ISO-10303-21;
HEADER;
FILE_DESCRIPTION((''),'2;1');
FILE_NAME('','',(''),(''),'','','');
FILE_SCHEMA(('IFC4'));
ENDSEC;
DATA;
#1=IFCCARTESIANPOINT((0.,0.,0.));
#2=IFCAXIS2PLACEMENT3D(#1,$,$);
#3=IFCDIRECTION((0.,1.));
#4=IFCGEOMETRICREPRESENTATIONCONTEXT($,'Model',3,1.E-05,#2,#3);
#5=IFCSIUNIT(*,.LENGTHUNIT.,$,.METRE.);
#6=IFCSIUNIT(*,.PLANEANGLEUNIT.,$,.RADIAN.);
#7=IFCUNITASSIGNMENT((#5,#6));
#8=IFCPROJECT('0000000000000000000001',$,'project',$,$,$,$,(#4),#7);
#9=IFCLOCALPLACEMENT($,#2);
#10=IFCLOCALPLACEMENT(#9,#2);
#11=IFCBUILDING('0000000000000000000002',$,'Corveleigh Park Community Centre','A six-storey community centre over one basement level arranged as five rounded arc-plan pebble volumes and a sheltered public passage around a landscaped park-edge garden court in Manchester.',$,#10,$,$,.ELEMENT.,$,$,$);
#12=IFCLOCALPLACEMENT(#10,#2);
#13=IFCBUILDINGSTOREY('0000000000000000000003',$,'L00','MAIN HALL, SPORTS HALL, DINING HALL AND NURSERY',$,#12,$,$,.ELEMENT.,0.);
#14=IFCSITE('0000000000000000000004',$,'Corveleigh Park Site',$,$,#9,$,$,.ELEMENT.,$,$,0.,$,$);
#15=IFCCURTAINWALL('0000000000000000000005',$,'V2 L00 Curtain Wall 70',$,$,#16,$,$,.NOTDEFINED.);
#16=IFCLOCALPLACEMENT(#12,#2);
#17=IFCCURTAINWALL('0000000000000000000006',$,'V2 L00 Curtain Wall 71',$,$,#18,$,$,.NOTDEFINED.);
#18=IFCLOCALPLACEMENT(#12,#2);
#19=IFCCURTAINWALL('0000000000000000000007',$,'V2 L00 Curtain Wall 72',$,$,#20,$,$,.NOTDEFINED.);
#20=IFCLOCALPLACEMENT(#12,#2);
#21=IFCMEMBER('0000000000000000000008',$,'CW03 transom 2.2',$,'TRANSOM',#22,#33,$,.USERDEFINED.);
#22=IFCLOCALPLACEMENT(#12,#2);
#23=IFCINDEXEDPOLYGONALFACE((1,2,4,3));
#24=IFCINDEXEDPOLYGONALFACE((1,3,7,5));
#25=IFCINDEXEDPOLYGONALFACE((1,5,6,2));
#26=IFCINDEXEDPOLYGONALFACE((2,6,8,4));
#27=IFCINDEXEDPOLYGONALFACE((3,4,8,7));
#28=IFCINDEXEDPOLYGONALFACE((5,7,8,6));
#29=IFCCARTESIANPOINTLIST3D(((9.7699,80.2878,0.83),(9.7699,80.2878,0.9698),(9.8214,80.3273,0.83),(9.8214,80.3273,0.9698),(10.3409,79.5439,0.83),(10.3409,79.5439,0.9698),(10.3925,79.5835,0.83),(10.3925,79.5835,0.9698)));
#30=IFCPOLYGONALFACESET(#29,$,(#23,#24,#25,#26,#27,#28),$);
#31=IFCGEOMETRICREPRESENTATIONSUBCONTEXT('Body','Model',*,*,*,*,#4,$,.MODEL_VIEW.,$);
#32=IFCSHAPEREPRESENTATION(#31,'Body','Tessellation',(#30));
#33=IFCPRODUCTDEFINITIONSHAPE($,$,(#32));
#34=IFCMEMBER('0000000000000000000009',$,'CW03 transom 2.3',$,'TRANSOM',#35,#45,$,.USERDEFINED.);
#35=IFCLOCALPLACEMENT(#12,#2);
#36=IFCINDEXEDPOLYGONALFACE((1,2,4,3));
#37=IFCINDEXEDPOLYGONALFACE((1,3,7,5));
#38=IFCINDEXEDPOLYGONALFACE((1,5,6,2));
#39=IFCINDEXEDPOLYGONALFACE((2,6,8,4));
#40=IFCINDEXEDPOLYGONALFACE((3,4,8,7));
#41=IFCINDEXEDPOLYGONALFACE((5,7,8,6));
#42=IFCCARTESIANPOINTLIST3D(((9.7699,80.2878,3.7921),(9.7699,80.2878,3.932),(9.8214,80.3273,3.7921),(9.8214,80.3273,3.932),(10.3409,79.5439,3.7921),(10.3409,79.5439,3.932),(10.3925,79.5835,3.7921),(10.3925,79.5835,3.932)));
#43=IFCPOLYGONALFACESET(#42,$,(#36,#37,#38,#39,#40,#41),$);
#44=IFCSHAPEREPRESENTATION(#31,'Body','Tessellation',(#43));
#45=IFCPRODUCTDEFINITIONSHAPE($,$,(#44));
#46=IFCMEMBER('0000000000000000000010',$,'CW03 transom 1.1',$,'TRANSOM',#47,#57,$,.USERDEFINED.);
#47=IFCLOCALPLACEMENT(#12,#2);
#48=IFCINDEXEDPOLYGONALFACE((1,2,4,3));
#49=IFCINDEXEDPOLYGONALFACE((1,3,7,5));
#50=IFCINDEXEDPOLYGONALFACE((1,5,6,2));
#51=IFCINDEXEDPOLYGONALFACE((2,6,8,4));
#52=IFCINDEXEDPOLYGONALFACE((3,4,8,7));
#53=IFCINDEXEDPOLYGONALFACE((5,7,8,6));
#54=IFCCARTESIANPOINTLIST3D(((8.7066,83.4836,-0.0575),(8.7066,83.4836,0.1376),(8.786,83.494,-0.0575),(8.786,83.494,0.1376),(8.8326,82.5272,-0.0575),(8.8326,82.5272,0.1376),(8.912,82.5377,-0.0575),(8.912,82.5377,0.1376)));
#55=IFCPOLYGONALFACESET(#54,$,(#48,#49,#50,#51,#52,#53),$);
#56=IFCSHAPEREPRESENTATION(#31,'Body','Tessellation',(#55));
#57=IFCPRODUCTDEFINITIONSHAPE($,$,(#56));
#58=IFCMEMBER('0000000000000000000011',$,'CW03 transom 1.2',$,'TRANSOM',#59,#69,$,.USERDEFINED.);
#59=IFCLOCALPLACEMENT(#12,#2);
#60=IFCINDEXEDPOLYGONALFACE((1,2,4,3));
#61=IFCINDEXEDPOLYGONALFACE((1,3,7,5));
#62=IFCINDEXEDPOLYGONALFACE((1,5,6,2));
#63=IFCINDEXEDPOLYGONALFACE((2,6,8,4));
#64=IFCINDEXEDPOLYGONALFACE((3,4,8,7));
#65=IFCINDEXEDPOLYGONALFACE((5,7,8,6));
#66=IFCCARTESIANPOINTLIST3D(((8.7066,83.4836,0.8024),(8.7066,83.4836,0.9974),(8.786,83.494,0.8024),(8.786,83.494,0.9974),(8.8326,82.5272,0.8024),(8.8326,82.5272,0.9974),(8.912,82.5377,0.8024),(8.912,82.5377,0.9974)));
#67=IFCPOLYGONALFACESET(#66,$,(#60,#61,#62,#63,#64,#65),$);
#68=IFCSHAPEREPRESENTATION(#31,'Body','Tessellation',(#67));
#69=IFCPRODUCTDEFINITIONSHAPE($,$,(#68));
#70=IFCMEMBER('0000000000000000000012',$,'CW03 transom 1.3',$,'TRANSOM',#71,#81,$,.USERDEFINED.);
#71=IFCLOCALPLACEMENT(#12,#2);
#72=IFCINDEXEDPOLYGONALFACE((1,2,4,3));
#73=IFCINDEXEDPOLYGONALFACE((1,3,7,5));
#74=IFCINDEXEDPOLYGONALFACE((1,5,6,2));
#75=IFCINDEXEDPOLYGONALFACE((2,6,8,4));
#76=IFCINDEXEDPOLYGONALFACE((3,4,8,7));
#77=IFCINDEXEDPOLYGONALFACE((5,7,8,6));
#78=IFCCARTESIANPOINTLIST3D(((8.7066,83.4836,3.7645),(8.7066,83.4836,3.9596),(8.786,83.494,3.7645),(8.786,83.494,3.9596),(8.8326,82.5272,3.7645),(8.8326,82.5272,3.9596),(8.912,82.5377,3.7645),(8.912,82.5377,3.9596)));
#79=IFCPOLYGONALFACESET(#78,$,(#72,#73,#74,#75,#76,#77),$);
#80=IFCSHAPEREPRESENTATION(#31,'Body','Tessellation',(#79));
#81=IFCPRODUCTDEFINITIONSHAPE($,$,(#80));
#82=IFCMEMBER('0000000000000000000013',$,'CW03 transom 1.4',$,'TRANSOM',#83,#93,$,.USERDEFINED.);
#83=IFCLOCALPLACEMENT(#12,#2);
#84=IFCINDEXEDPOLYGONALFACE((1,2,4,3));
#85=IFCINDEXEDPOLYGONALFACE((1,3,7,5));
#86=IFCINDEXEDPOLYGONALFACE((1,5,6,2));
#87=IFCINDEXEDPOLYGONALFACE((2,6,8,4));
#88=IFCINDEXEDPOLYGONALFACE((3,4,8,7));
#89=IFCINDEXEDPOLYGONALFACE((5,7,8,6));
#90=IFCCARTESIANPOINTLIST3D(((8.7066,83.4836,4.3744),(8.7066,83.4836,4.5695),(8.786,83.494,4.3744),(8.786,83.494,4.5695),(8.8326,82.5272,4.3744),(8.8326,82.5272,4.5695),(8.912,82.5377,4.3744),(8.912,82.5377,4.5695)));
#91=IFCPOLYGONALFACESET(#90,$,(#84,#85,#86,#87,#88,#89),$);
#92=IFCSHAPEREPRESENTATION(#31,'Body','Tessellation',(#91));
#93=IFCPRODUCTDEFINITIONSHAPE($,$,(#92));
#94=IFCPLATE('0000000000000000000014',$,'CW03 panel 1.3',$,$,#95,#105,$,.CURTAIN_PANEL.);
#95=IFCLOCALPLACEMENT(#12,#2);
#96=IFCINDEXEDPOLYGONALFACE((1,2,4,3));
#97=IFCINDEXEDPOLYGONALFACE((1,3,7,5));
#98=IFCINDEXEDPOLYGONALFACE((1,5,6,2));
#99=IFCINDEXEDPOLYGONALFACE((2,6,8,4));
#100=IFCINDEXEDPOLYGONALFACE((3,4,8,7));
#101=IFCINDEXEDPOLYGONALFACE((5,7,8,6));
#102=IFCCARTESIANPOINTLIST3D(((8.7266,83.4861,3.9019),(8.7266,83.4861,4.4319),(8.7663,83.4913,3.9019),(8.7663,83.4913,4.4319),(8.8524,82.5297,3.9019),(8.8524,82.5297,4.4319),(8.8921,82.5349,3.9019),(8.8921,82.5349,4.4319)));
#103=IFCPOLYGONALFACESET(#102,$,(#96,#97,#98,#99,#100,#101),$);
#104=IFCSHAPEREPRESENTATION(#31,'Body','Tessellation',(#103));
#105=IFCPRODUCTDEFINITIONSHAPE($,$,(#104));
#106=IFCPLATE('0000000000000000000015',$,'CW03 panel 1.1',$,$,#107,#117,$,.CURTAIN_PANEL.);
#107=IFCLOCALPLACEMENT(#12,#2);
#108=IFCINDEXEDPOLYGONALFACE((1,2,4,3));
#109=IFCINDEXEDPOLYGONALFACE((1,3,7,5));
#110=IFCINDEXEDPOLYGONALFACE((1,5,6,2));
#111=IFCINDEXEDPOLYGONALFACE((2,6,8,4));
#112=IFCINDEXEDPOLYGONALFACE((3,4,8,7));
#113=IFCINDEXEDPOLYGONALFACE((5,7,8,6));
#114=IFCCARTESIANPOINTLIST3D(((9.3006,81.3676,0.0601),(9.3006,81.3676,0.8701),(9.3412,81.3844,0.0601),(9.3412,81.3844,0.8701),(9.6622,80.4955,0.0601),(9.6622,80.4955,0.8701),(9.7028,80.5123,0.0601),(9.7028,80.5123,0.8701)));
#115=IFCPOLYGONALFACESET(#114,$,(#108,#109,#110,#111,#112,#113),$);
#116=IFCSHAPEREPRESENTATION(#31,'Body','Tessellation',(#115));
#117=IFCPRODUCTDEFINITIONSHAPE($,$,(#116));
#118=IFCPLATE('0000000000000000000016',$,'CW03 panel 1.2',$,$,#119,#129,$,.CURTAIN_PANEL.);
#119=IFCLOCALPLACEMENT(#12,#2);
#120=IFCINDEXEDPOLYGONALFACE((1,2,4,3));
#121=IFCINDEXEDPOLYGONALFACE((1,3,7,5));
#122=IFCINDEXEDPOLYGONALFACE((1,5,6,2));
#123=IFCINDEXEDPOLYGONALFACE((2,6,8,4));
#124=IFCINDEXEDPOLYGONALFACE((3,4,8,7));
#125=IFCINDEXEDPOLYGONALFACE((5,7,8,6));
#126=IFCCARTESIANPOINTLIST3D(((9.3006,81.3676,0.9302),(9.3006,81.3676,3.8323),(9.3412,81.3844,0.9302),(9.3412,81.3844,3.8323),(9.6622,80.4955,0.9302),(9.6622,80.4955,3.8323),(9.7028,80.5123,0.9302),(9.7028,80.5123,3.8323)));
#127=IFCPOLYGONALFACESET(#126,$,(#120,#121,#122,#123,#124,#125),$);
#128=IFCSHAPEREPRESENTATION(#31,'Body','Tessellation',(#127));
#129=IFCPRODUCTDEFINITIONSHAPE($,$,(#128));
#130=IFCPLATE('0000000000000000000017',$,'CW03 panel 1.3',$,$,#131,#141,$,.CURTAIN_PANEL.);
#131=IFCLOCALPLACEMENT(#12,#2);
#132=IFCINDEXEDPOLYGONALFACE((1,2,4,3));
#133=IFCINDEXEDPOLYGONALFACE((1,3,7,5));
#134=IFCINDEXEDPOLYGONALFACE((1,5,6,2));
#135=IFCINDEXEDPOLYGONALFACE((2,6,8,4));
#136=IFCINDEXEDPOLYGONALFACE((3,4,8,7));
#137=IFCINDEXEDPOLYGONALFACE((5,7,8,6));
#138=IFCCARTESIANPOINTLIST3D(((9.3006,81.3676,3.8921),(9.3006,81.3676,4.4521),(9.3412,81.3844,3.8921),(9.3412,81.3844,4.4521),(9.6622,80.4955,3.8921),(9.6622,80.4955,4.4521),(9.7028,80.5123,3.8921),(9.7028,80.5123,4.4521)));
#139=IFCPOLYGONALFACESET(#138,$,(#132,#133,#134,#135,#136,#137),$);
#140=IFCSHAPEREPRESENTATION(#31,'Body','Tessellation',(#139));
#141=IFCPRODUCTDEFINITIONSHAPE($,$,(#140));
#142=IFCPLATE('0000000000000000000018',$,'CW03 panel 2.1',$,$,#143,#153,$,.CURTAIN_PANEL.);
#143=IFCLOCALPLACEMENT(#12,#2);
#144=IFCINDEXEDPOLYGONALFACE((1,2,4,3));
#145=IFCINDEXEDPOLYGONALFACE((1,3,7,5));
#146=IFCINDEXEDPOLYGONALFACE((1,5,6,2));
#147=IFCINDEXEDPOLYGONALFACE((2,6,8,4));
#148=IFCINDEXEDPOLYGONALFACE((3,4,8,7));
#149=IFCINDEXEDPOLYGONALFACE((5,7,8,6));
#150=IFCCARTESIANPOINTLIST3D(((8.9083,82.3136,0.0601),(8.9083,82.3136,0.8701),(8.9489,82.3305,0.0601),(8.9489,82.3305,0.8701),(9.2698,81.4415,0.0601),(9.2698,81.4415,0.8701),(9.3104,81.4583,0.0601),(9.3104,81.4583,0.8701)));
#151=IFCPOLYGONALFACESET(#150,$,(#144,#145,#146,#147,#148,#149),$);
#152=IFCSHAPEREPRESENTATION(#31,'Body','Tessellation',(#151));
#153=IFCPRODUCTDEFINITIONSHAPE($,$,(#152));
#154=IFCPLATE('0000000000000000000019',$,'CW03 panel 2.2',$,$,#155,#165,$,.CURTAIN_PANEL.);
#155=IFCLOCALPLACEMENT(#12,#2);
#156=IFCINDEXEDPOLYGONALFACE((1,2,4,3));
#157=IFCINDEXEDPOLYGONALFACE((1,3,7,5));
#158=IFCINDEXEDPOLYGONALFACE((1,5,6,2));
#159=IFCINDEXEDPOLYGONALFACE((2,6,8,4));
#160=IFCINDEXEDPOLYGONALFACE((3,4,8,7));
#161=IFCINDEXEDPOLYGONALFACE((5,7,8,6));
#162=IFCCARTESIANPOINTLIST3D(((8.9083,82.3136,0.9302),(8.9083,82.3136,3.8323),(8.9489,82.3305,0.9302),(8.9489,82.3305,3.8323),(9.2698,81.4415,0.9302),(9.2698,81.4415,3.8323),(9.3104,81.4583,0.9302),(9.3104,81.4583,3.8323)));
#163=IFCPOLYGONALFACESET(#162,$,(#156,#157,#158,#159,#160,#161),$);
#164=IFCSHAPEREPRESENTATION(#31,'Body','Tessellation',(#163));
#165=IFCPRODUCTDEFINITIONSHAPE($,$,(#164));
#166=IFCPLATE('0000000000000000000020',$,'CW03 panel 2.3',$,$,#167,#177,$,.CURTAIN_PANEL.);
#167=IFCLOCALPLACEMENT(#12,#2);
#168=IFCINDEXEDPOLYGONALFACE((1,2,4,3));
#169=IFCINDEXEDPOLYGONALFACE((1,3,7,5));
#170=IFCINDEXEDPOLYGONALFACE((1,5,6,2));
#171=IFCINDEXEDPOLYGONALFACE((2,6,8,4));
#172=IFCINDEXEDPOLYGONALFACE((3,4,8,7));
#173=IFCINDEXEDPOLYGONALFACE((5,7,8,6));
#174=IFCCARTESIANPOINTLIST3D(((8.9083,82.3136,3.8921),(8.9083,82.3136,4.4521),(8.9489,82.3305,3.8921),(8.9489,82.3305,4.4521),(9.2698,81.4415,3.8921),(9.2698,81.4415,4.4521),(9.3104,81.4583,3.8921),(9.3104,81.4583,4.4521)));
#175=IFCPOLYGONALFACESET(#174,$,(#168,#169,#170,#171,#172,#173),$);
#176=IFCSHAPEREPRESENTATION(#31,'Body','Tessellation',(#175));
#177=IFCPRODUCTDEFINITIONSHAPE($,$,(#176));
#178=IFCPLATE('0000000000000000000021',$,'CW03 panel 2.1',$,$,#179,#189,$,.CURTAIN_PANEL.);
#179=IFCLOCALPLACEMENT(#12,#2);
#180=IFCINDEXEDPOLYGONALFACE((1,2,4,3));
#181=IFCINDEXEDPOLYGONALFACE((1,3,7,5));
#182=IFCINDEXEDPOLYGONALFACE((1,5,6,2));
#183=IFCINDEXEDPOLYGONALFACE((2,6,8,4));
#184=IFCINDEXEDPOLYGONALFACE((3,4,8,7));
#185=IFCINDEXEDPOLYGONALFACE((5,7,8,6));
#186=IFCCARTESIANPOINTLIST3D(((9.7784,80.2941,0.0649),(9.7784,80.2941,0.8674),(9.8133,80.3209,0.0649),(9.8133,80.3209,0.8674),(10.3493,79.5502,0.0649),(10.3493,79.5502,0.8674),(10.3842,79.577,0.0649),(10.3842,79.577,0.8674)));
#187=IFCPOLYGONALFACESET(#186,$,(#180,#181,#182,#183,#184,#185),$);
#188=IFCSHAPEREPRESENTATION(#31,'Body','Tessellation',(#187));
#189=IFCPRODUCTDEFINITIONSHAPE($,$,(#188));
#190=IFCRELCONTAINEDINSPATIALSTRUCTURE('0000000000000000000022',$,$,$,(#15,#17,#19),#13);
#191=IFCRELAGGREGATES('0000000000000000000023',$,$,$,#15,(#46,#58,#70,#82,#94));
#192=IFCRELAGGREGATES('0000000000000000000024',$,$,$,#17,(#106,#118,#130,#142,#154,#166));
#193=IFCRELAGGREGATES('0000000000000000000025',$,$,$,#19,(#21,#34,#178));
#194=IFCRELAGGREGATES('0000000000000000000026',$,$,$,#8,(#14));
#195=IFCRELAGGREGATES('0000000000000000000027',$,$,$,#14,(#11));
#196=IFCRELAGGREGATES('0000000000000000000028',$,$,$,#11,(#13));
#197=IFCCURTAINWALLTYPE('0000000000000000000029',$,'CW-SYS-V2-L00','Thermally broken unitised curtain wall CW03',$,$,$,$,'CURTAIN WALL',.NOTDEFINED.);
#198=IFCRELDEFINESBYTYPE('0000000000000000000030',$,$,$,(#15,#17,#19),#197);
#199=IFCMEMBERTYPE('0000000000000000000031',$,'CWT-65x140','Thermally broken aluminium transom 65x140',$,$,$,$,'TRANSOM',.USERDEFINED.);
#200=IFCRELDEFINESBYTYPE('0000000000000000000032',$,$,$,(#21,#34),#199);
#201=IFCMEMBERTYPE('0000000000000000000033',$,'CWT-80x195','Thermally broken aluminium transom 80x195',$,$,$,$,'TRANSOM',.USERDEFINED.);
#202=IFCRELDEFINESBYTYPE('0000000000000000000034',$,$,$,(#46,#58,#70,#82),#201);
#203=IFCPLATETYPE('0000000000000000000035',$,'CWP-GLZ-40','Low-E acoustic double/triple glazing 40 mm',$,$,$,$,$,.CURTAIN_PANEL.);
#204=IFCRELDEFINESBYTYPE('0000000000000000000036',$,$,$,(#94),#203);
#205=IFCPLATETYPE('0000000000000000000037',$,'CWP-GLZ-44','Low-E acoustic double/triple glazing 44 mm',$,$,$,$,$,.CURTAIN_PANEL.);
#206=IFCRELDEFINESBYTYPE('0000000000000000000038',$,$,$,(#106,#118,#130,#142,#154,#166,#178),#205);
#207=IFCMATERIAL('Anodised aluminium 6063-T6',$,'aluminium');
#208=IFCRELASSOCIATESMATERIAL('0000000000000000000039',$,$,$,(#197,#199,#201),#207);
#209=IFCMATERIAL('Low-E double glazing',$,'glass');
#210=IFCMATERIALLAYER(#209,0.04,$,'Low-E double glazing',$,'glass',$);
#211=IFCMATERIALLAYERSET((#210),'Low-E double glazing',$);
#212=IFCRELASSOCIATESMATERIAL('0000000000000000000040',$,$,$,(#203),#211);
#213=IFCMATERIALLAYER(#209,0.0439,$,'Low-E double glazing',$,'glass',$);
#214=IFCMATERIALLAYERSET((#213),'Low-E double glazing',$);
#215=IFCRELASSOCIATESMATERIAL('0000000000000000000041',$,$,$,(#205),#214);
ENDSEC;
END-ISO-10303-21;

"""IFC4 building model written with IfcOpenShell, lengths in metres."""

from ifc_helpers import new_model, si_unit, direction, frame, origin, origin_2d, place, context, subcontext, project, spatial, rectangle, extrude, material, layer, layer_set, material_profile, profile_set, type_object, element, aggregate, save


model = new_model("IFC4")

# Units and contexts
model_context = context("Model", 3, precision=1e-05, world=origin(), true_north=direction((0.0, 1.0)))
body_context = subcontext(model_context, "Body", "Model", "MODEL_VIEW")
ifc_project = project(units=[si_unit("LENGTHUNIT", "METRE"), si_unit("PLANEANGLEUNIT", "RADIAN")], contexts=[model_context])

# Site, building, storey
site_placement = place(None, origin())
site = spatial("IfcSite", under=ifc_project, at=site_placement, Name="Corveleigh Park Site", CompositionType="ELEMENT", RefElevation=0.0)
building_placement = place(site_placement, origin())
building = spatial("IfcBuilding", under=site, at=building_placement, Name="Corveleigh Park Community Centre", Description="A six-storey community centre over one basement level arranged as five rounded arc-plan pebble volumes and a sheltered public passage around a landscaped park-edge garden court in Manchester.", CompositionType="ELEMENT")
storey_placement = place(building_placement, origin())
storey = spatial("IfcBuildingStorey", under=building, at=storey_placement, Name="L00", Description="MAIN HALL, SPORTS HALL, DINING HALL AND NURSERY", CompositionType="ELEMENT", Elevation=0.0)

# Curtain wall
ifc_material_1 = material(Name="Anodised aluminium 6063-T6", Category="aluminium")
curtain_wall_type = type_object("IfcCurtainWallType", Name="CW-SYS-V2-L00", Description="Thermally broken unitised curtain wall CW03", ElementType="CURTAIN WALL", PredefinedType="NOTDEFINED", material=ifc_material_1)
curtain_wall_1_placement = place(storey_placement, origin())
curtain_wall_1 = element("IfcCurtainWall", 1, at=curtain_wall_1_placement, inside=storey, type_object=curtain_wall_type, Name="V2 L00 Curtain Wall 70", PredefinedType="NOTDEFINED")

# Curtain wall
curtain_wall_2_placement = place(storey_placement, origin())
curtain_wall_2 = element("IfcCurtainWall", 2, at=curtain_wall_2_placement, inside=storey, type_object=curtain_wall_type, Name="V2 L00 Curtain Wall 71", PredefinedType="NOTDEFINED")

# Curtain wall
curtain_wall_3_placement = place(storey_placement, origin())
curtain_wall_3 = element("IfcCurtainWall", 3, at=curtain_wall_3_placement, inside=storey, type_object=curtain_wall_type, Name="V2 L00 Curtain Wall 72", PredefinedType="NOTDEFINED")

# Members
ifc_material_profile_1 = material_profile(ifc_material_1, rectangle(XDim=0.0649, YDim=0.1399, at=origin_2d()), Name="ALU-T65x140", Category="aluminium")
ifc_profile_set_1 = profile_set([ifc_material_profile_1], Name="Anodised aluminium 6063-T6")
member_type_1 = type_object("IfcMemberType", Name="CWT-65x140", Description="Thermally broken aluminium transom 65x140", ElementType="TRANSOM", PredefinedType="USERDEFINED", material=ifc_profile_set_1)
member_1_placement = place(storey_placement, frame((10.3667, 79.5637, 0.8999), z_axis=(-0.608918, 0.793233, 0.0), x_axis=(-0.793233, -0.608918, 0.0)))
member_1 = element("IfcMember", 4, at=member_1_placement, type_object=member_type_1, Name="CW03 transom 2.2", ObjectType="TRANSOM", PredefinedType="USERDEFINED", context=body_context, shape_type="SweptSolid", body=[
    extrude(rectangle(XDim=0.0649, YDim=0.1399, at=origin_2d()), origin(), (0.0, 0.0, 1.0), 0.9377),
])
member_2_placement = place(storey_placement, frame((10.3667, 79.5637, 3.8621), z_axis=(-0.608918, 0.793233, 0.0), x_axis=(-0.793233, -0.608918, 0.0)))
member_2 = element("IfcMember", 5, at=member_2_placement, type_object=member_type_1, Name="CW03 transom 2.3", ObjectType="TRANSOM", PredefinedType="USERDEFINED", context=body_context, shape_type="SweptSolid", body=[
    extrude(rectangle(XDim=0.0649, YDim=0.1399, at=origin_2d()), origin(), (0.0, 0.0, 1.0), 0.9377),
])
ifc_material_profile_2 = material_profile(ifc_material_1, rectangle(XDim=0.0801, YDim=0.1951, at=origin_2d()), Name="ALU-T80x195", Category="aluminium")
ifc_profile_set_2 = profile_set([ifc_material_profile_2], Name="Anodised aluminium 6063-T6")
member_type_2 = type_object("IfcMemberType", Name="CWT-80x195", Description="Thermally broken aluminium transom 80x195", ElementType="TRANSOM", PredefinedType="USERDEFINED", material=ifc_profile_set_2)
member_3_placement = place(storey_placement, frame((8.8723, 82.5325, 0.04), z_axis=(-0.130605, 0.991434, 0.0), x_axis=(-0.991434, -0.130605, 0.0)))
member_3 = element("IfcMember", 6, at=member_3_placement, type_object=member_type_2, Name="CW03 transom 1.1", ObjectType="TRANSOM", PredefinedType="USERDEFINED", context=body_context, shape_type="SweptSolid", body=[
    extrude(rectangle(XDim=0.0801, YDim=0.1951, at=origin_2d()), origin(), (0.0, 0.0, 1.0), 0.9646),
])
member_4_placement = place(storey_placement, frame((8.8723, 82.5325, 0.8999), z_axis=(-0.130605, 0.991434, 0.0), x_axis=(-0.991434, -0.130605, 0.0)))
member_4 = element("IfcMember", 7, at=member_4_placement, type_object=member_type_2, Name="CW03 transom 1.2", ObjectType="TRANSOM", PredefinedType="USERDEFINED", context=body_context, shape_type="SweptSolid", body=[
    extrude(rectangle(XDim=0.0801, YDim=0.1951, at=origin_2d()), origin(), (0.0, 0.0, 1.0), 0.9646),
])
member_5_placement = place(storey_placement, frame((8.8723, 82.5325, 3.8621), z_axis=(-0.130605, 0.991434, 0.0), x_axis=(-0.991434, -0.130605, 0.0)))
member_5 = element("IfcMember", 8, at=member_5_placement, type_object=member_type_2, Name="CW03 transom 1.3", ObjectType="TRANSOM", PredefinedType="USERDEFINED", context=body_context, shape_type="SweptSolid", body=[
    extrude(rectangle(XDim=0.0801, YDim=0.1951, at=origin_2d()), origin(), (0.0, 0.0, 1.0), 0.9646),
])
member_6_placement = place(storey_placement, frame((8.8723, 82.5325, 4.4719), z_axis=(-0.130605, 0.991434, 0.0), x_axis=(-0.991434, -0.130605, 0.0)))
member_6 = element("IfcMember", 9, at=member_6_placement, type_object=member_type_2, Name="CW03 transom 1.4", ObjectType="TRANSOM", PredefinedType="USERDEFINED", context=body_context, shape_type="SweptSolid", body=[
    extrude(rectangle(XDim=0.0801, YDim=0.1951, at=origin_2d()), origin(), (0.0, 0.0, 1.0), 0.9646),
])

# Plates
ifc_material_2 = material(Name="Low-E double glazing", Category="glass")
ifc_layer_1 = layer(ifc_material_2, 0.04, Name="Low-E double glazing", Category="glass")
ifc_layer_set_1 = layer_set([ifc_layer_1], Name="Low-E double glazing")
plate_type_1 = type_object("IfcPlateType", Name="CWP-GLZ-40", Description="Low-E acoustic double/triple glazing 40 mm", PredefinedType="CURTAIN_PANEL", material=ifc_layer_set_1)
plate_1_placement = place(storey_placement, frame((8.8093, 83.0105, 3.9019), z_axis=(0.0, 0.0, 1.0), x_axis=(-0.13043, 0.991457, 0.0)))
plate_1 = element("IfcPlate", 10, at=plate_1_placement, type_object=plate_type_1, Name="CW03 panel 1.3", PredefinedType="CURTAIN_PANEL", context=body_context, shape_type="SweptSolid", body=[
    extrude(rectangle(XDim=0.9646, YDim=0.04, at=origin_2d()), origin(), (0.0, 0.0, 1.0), 0.53),
])
aggregate(curtain_wall_1, [member_3, member_4, member_5, member_6, plate_1])
ifc_layer_2 = layer(ifc_material_2, 0.0439, Name="Low-E double glazing", Category="glass")
ifc_layer_set_2 = layer_set([ifc_layer_2], Name="Low-E double glazing")
plate_type_2 = type_object("IfcPlateType", Name="CWP-GLZ-44", Description="Low-E acoustic double/triple glazing 44 mm", PredefinedType="CURTAIN_PANEL", material=ifc_layer_set_2)
plate_2_placement = place(storey_placement, frame((9.5017, 80.9399, 0.0601), z_axis=(0.0, 0.0, 1.0), x_axis=(-0.382947, 0.92377, 0.0)))
plate_2 = element("IfcPlate", 11, at=plate_2_placement, type_object=plate_type_2, Name="CW03 panel 1.1", PredefinedType="CURTAIN_PANEL", context=body_context, shape_type="SweptSolid", body=[
    extrude(rectangle(XDim=0.9441, YDim=0.0439, at=origin_2d()), origin(), (0.0, 0.0, 1.0), 0.8101),
])
plate_3_placement = place(storey_placement, frame((9.5017, 80.9399, 0.9302), z_axis=(0.0, 0.0, 1.0), x_axis=(-0.382947, 0.92377, 0.0)))
plate_3 = element("IfcPlate", 12, at=plate_3_placement, type_object=plate_type_2, Name="CW03 panel 1.2", PredefinedType="CURTAIN_PANEL", context=body_context, shape_type="SweptSolid", body=[
    extrude(rectangle(XDim=0.9441, YDim=0.0439, at=origin_2d()), origin(), (0.0, 0.0, 1.0), 2.9021),
])
plate_4_placement = place(storey_placement, frame((9.5017, 80.9399, 3.8921), z_axis=(0.0, 0.0, 1.0), x_axis=(-0.382947, 0.92377, 0.0)))
plate_4 = element("IfcPlate", 13, at=plate_4_placement, type_object=plate_type_2, Name="CW03 panel 1.3", PredefinedType="CURTAIN_PANEL", context=body_context, shape_type="SweptSolid", body=[
    extrude(rectangle(XDim=0.9441, YDim=0.0439, at=origin_2d()), origin(), (0.0, 0.0, 1.0), 0.5601),
])
plate_5_placement = place(storey_placement, frame((9.1094, 81.886, 0.0601), z_axis=(0.0, 0.0, 1.0), x_axis=(-0.382947, 0.92377, 0.0)))
plate_5 = element("IfcPlate", 14, at=plate_5_placement, type_object=plate_type_2, Name="CW03 panel 2.1", PredefinedType="CURTAIN_PANEL", context=body_context, shape_type="SweptSolid", body=[
    extrude(rectangle(XDim=0.9441, YDim=0.0439, at=origin_2d()), origin(), (0.0, 0.0, 1.0), 0.8101),
])
plate_6_placement = place(storey_placement, frame((9.1094, 81.886, 0.9302), z_axis=(0.0, 0.0, 1.0), x_axis=(-0.382947, 0.92377, 0.0)))
plate_6 = element("IfcPlate", 15, at=plate_6_placement, type_object=plate_type_2, Name="CW03 panel 2.2", PredefinedType="CURTAIN_PANEL", context=body_context, shape_type="SweptSolid", body=[
    extrude(rectangle(XDim=0.9441, YDim=0.0439, at=origin_2d()), origin(), (0.0, 0.0, 1.0), 2.9021),
])
plate_7_placement = place(storey_placement, frame((9.1094, 81.886, 3.8921), z_axis=(0.0, 0.0, 1.0), x_axis=(-0.382947, 0.92377, 0.0)))
plate_7 = element("IfcPlate", 16, at=plate_7_placement, type_object=plate_type_2, Name="CW03 panel 2.3", PredefinedType="CURTAIN_PANEL", context=body_context, shape_type="SweptSolid", body=[
    extrude(rectangle(XDim=0.9441, YDim=0.0439, at=origin_2d()), origin(), (0.0, 0.0, 1.0), 0.5601),
])
aggregate(curtain_wall_2, [plate_2, plate_3, plate_4, plate_5, plate_6, plate_7])
plate_8_placement = place(storey_placement, frame((10.0813, 79.9355, 0.0649), z_axis=(0.0, 0.0, 1.0), x_axis=(-0.608826, 0.793304, 0.0)))
plate_8 = element("IfcPlate", 17, at=plate_8_placement, type_object=plate_type_2, Name="CW03 panel 2.1", PredefinedType="CURTAIN_PANEL", context=body_context, shape_type="SweptSolid", body=[
    extrude(rectangle(XDim=0.9377, YDim=0.0439, at=origin_2d()), origin(), (0.0, 0.0, 1.0), 0.8025),
])
aggregate(curtain_wall_3, [member_1, member_2, plate_8])

save(model, "model.ifc")
